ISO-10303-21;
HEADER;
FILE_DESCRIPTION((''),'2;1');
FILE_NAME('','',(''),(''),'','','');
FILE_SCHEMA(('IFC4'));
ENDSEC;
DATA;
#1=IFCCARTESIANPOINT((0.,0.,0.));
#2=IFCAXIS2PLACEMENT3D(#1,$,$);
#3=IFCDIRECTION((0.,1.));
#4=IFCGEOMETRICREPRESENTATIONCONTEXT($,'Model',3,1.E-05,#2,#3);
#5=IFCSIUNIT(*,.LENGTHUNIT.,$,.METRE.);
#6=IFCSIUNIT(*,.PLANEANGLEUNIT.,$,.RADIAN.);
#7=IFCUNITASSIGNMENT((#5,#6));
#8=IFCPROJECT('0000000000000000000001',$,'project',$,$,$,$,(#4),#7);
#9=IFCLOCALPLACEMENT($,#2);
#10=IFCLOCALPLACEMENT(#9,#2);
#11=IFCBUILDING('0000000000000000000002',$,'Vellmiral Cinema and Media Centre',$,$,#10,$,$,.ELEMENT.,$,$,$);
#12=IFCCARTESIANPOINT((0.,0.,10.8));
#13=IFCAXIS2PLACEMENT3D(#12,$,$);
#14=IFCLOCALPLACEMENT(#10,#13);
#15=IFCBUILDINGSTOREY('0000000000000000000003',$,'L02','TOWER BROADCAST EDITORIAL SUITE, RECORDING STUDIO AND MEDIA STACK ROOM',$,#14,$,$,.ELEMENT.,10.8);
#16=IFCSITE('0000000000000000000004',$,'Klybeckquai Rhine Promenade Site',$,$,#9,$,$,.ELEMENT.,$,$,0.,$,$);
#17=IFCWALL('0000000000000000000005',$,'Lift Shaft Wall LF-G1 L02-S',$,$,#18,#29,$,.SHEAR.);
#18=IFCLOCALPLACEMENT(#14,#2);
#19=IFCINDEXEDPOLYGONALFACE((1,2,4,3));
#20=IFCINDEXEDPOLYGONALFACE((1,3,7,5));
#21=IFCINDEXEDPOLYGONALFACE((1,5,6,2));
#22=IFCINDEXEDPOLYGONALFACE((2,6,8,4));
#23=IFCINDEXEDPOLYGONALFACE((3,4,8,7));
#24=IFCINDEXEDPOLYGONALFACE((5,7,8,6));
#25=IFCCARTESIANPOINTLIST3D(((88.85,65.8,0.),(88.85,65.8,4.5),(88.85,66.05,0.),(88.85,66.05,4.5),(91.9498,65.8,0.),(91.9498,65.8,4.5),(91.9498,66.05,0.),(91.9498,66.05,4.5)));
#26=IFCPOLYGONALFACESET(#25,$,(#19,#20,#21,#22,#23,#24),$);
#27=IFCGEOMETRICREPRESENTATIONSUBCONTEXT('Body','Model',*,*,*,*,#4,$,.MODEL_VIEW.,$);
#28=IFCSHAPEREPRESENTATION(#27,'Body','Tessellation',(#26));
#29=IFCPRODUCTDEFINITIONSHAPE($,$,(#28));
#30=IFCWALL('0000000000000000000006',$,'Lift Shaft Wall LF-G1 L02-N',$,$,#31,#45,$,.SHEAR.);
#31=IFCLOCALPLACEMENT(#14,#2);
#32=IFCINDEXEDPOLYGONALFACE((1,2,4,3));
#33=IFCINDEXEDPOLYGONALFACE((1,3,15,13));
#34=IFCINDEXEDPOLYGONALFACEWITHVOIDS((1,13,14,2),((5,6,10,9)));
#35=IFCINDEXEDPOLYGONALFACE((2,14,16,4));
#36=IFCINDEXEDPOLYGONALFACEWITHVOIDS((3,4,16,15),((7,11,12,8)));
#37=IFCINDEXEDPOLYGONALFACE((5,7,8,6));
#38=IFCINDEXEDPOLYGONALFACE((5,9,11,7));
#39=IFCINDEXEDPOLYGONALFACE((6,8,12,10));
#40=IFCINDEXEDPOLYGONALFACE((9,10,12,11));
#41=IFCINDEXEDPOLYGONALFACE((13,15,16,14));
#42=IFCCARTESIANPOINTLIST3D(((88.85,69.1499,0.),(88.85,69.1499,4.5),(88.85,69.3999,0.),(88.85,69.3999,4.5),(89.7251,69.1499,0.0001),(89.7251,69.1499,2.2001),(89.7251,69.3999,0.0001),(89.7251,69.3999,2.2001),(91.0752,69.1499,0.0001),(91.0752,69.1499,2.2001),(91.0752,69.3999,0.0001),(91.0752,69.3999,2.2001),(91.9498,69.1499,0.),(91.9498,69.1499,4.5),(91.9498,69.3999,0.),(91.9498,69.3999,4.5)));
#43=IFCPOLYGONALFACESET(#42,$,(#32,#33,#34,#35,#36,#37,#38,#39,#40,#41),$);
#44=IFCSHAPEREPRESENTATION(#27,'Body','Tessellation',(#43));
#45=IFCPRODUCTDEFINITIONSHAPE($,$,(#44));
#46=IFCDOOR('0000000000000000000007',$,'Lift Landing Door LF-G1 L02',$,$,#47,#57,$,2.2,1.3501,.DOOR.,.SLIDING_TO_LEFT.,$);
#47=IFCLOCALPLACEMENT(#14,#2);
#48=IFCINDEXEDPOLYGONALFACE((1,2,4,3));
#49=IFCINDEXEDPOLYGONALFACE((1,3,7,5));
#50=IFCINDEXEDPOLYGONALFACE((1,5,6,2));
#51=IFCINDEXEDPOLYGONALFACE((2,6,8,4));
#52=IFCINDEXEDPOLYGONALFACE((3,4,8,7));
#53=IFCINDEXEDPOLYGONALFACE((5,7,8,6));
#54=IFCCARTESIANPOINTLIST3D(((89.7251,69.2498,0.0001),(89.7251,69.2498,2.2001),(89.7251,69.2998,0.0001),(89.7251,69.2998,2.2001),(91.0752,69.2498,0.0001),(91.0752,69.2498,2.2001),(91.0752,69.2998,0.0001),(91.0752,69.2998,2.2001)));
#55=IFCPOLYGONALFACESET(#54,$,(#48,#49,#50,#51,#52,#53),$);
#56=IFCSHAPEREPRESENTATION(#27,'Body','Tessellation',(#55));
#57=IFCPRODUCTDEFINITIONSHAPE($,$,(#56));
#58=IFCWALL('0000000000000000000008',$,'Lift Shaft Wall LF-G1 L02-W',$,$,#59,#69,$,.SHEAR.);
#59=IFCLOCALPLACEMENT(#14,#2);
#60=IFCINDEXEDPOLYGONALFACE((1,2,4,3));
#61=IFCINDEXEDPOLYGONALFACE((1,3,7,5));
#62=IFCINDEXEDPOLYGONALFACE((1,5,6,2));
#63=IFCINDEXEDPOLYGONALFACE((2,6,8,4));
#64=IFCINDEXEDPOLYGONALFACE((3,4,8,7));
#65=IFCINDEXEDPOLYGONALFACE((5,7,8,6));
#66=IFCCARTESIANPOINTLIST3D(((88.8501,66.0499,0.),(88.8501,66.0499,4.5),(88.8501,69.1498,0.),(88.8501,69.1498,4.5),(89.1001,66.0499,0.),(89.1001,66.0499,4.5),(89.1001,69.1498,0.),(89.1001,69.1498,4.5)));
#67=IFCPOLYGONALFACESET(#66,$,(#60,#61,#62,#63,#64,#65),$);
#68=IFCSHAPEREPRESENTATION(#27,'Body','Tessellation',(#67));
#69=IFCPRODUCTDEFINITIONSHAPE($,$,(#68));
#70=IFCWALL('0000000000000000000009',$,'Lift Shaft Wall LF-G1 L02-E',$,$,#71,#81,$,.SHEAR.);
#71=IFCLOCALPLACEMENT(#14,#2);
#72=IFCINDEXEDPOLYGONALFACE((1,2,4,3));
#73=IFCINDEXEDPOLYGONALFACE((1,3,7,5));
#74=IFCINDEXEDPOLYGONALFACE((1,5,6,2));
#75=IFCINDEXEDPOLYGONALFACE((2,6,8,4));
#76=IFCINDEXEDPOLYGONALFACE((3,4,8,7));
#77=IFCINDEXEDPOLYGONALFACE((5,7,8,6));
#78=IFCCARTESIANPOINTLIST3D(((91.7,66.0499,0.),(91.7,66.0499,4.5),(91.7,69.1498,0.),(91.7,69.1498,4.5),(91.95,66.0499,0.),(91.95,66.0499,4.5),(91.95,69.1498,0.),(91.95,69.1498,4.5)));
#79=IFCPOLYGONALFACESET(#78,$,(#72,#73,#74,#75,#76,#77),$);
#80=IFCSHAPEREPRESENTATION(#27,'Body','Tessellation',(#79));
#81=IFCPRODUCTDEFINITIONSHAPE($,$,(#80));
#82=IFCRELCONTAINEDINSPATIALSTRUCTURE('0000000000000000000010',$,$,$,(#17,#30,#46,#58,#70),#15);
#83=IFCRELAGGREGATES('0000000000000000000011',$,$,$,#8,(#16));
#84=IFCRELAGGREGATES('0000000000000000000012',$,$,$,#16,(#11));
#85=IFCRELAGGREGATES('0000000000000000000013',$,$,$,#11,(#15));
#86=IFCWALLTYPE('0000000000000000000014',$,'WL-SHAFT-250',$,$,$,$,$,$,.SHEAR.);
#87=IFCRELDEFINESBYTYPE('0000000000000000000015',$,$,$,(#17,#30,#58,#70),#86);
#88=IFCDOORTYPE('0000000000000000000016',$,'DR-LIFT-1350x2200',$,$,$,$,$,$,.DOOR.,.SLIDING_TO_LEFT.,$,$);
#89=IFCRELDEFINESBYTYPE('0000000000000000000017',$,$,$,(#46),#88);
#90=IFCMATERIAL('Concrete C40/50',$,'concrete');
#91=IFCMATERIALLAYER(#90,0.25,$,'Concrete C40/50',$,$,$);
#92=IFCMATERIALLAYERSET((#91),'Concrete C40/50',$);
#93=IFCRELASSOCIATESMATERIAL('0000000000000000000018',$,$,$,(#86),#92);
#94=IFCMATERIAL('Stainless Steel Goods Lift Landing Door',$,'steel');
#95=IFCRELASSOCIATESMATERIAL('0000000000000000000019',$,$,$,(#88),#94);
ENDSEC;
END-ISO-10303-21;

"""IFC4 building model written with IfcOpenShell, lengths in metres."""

from ifc_helpers import new_model, si_unit, direction, frame, frame_2d, origin, place, context, subcontext, project, spatial, rectangle, extrude, material, layer, layer_set, type_object, element, fill, save


model = new_model("IFC4")

# Units and contexts
model_context = context("Model", 3, precision=1e-05, world=origin(), true_north=direction((0.0, 1.0)))
body_context = subcontext(model_context, "Body", "Model", "MODEL_VIEW")
ifc_project = project(units=[si_unit("LENGTHUNIT", "METRE"), si_unit("PLANEANGLEUNIT", "RADIAN")], contexts=[model_context])

# Site, building, storey
site_placement = place(None, origin())
site = spatial("IfcSite", under=ifc_project, at=site_placement, Name="Klybeckquai Rhine Promenade Site", CompositionType="ELEMENT", RefElevation=0.0)
building_placement = place(site_placement, origin())
building = spatial("IfcBuilding", under=site, at=building_placement, Name="Vellmiral Cinema and Media Centre", CompositionType="ELEMENT")
storey_placement = place(building_placement, frame((0.0, 0.0, 10.8)))
storey = spatial("IfcBuildingStorey", under=building, at=storey_placement, Name="L02", Description="TOWER BROADCAST EDITORIAL SUITE, RECORDING STUDIO AND MEDIA STACK ROOM", CompositionType="ELEMENT", Elevation=10.8)

# Wall
ifc_material_1 = material(Name="Concrete C40/50", Category="concrete")
ifc_layer_1 = layer(ifc_material_1, 0.25, Name="Concrete C40/50")
ifc_layer_set_1 = layer_set([ifc_layer_1], Name="Concrete C40/50")
wall_type_1 = type_object("IfcWallType", Name="WL-SHAFT-250", PredefinedType="SHEAR", material=ifc_layer_set_1)
wall_1_placement = place(storey_placement, frame((88.8501, 65.925, 0.0), z_axis=(0.0, 0.0, 1.0), x_axis=(1.0, 0.0, 0.0)))
element("IfcWall", 1, at=wall_1_placement, inside=storey, type_object=wall_type_1, Name="Lift Shaft Wall LF-G1 L02-S", PredefinedType="SHEAR", context=body_context, shape_type="SweptSolid", body=[
    extrude(rectangle(XDim=3.0999, YDim=0.25, at=frame_2d((1.5498, 0.0))), origin(), (0.0, 0.0, 1.0), 4.5),
])

# Wall, opening, door
wall_2_placement = place(storey_placement, frame((88.8501, 69.2749, 0.0), z_axis=(0.0, 0.0, 1.0), x_axis=(1.0, 0.0, 0.0)))
wall_2 = element("IfcWall", 2, at=wall_2_placement, inside=storey, type_object=wall_type_1, Name="Lift Shaft Wall LF-G1 L02-N", PredefinedType="SHEAR", context=body_context, shape_type="SweptSolid", body=[
    extrude(rectangle(XDim=3.0999, YDim=0.25, at=frame_2d((1.5498, 0.0))), origin(), (0.0, 0.0, 1.0), 4.5),
])
opening_1_placement = place(wall_2_placement, frame((0.875, 0.0, 0.0)))
opening_1 = element("IfcOpeningElement", 3, at=opening_1_placement, cuts=wall_2, PredefinedType="OPENING", context=body_context, shape_type="SweptSolid", body=[
    extrude(rectangle(XDim=1.3501, YDim=2.2, at=frame_2d((0.675, 1.1001))), frame((0.0, 0.137, 0.0), z_axis=(0.0, -1.0, 0.0), x_axis=(1.0, 0.0, 0.0)), (0.0, 0.0, 1.0), 0.2739),
])
ifc_material_2 = material(Name="Stainless Steel Goods Lift Landing Door", Category="steel")
door_type_1 = type_object("IfcDoorType", Name="DR-LIFT-1350x2200", OperationType="SLIDING_TO_LEFT", PredefinedType="DOOR", material=ifc_material_2)
door_1_placement = place(opening_1_placement, origin())
door_1 = element("IfcDoor", 4, at=door_1_placement, inside=storey, type_object=door_type_1, Name="Lift Landing Door LF-G1 L02", OperationType="SLIDING_TO_LEFT", OverallHeight=2.2, OverallWidth=1.3501, PredefinedType="DOOR", context=body_context, shape_type="SweptSolid", body=[
    extrude(rectangle(XDim=1.3501, YDim=2.2, at=frame_2d((0.675, 1.1001))), frame((0.0, 0.0249, 0.0), z_axis=(0.0, -1.0, 0.0), x_axis=(1.0, 0.0, 0.0)), (0.0, 0.0, 1.0), 0.05),
])
fill(opening_1, door_1)

# Walls
for number, where, z_axis, x_axis, name in (
    (5, (88.9751, 66.05, 0.0), (0.0, 0.0, 1.0), (0.0, 1.0, 0.0), "Lift Shaft Wall LF-G1 L02-W"),
    (6, (91.825, 66.05, 0.0), (0.0, 0.0, 1.0), (0.0, 1.0, 0.0), "Lift Shaft Wall LF-G1 L02-E"),
):
    element("IfcWall", number, at=place(storey_placement, frame(where, z_axis=z_axis, x_axis=x_axis)), inside=storey, type_object=wall_type_1, Name=name, PredefinedType="SHEAR", context=body_context, shape_type="SweptSolid", body=[
        extrude(rectangle(XDim=3.0999, YDim=0.25, at=frame_2d((1.5498, 0.0))), origin(), (0.0, 0.0, 1.0), 4.5),
    ])

save(model, "model.ifc")
